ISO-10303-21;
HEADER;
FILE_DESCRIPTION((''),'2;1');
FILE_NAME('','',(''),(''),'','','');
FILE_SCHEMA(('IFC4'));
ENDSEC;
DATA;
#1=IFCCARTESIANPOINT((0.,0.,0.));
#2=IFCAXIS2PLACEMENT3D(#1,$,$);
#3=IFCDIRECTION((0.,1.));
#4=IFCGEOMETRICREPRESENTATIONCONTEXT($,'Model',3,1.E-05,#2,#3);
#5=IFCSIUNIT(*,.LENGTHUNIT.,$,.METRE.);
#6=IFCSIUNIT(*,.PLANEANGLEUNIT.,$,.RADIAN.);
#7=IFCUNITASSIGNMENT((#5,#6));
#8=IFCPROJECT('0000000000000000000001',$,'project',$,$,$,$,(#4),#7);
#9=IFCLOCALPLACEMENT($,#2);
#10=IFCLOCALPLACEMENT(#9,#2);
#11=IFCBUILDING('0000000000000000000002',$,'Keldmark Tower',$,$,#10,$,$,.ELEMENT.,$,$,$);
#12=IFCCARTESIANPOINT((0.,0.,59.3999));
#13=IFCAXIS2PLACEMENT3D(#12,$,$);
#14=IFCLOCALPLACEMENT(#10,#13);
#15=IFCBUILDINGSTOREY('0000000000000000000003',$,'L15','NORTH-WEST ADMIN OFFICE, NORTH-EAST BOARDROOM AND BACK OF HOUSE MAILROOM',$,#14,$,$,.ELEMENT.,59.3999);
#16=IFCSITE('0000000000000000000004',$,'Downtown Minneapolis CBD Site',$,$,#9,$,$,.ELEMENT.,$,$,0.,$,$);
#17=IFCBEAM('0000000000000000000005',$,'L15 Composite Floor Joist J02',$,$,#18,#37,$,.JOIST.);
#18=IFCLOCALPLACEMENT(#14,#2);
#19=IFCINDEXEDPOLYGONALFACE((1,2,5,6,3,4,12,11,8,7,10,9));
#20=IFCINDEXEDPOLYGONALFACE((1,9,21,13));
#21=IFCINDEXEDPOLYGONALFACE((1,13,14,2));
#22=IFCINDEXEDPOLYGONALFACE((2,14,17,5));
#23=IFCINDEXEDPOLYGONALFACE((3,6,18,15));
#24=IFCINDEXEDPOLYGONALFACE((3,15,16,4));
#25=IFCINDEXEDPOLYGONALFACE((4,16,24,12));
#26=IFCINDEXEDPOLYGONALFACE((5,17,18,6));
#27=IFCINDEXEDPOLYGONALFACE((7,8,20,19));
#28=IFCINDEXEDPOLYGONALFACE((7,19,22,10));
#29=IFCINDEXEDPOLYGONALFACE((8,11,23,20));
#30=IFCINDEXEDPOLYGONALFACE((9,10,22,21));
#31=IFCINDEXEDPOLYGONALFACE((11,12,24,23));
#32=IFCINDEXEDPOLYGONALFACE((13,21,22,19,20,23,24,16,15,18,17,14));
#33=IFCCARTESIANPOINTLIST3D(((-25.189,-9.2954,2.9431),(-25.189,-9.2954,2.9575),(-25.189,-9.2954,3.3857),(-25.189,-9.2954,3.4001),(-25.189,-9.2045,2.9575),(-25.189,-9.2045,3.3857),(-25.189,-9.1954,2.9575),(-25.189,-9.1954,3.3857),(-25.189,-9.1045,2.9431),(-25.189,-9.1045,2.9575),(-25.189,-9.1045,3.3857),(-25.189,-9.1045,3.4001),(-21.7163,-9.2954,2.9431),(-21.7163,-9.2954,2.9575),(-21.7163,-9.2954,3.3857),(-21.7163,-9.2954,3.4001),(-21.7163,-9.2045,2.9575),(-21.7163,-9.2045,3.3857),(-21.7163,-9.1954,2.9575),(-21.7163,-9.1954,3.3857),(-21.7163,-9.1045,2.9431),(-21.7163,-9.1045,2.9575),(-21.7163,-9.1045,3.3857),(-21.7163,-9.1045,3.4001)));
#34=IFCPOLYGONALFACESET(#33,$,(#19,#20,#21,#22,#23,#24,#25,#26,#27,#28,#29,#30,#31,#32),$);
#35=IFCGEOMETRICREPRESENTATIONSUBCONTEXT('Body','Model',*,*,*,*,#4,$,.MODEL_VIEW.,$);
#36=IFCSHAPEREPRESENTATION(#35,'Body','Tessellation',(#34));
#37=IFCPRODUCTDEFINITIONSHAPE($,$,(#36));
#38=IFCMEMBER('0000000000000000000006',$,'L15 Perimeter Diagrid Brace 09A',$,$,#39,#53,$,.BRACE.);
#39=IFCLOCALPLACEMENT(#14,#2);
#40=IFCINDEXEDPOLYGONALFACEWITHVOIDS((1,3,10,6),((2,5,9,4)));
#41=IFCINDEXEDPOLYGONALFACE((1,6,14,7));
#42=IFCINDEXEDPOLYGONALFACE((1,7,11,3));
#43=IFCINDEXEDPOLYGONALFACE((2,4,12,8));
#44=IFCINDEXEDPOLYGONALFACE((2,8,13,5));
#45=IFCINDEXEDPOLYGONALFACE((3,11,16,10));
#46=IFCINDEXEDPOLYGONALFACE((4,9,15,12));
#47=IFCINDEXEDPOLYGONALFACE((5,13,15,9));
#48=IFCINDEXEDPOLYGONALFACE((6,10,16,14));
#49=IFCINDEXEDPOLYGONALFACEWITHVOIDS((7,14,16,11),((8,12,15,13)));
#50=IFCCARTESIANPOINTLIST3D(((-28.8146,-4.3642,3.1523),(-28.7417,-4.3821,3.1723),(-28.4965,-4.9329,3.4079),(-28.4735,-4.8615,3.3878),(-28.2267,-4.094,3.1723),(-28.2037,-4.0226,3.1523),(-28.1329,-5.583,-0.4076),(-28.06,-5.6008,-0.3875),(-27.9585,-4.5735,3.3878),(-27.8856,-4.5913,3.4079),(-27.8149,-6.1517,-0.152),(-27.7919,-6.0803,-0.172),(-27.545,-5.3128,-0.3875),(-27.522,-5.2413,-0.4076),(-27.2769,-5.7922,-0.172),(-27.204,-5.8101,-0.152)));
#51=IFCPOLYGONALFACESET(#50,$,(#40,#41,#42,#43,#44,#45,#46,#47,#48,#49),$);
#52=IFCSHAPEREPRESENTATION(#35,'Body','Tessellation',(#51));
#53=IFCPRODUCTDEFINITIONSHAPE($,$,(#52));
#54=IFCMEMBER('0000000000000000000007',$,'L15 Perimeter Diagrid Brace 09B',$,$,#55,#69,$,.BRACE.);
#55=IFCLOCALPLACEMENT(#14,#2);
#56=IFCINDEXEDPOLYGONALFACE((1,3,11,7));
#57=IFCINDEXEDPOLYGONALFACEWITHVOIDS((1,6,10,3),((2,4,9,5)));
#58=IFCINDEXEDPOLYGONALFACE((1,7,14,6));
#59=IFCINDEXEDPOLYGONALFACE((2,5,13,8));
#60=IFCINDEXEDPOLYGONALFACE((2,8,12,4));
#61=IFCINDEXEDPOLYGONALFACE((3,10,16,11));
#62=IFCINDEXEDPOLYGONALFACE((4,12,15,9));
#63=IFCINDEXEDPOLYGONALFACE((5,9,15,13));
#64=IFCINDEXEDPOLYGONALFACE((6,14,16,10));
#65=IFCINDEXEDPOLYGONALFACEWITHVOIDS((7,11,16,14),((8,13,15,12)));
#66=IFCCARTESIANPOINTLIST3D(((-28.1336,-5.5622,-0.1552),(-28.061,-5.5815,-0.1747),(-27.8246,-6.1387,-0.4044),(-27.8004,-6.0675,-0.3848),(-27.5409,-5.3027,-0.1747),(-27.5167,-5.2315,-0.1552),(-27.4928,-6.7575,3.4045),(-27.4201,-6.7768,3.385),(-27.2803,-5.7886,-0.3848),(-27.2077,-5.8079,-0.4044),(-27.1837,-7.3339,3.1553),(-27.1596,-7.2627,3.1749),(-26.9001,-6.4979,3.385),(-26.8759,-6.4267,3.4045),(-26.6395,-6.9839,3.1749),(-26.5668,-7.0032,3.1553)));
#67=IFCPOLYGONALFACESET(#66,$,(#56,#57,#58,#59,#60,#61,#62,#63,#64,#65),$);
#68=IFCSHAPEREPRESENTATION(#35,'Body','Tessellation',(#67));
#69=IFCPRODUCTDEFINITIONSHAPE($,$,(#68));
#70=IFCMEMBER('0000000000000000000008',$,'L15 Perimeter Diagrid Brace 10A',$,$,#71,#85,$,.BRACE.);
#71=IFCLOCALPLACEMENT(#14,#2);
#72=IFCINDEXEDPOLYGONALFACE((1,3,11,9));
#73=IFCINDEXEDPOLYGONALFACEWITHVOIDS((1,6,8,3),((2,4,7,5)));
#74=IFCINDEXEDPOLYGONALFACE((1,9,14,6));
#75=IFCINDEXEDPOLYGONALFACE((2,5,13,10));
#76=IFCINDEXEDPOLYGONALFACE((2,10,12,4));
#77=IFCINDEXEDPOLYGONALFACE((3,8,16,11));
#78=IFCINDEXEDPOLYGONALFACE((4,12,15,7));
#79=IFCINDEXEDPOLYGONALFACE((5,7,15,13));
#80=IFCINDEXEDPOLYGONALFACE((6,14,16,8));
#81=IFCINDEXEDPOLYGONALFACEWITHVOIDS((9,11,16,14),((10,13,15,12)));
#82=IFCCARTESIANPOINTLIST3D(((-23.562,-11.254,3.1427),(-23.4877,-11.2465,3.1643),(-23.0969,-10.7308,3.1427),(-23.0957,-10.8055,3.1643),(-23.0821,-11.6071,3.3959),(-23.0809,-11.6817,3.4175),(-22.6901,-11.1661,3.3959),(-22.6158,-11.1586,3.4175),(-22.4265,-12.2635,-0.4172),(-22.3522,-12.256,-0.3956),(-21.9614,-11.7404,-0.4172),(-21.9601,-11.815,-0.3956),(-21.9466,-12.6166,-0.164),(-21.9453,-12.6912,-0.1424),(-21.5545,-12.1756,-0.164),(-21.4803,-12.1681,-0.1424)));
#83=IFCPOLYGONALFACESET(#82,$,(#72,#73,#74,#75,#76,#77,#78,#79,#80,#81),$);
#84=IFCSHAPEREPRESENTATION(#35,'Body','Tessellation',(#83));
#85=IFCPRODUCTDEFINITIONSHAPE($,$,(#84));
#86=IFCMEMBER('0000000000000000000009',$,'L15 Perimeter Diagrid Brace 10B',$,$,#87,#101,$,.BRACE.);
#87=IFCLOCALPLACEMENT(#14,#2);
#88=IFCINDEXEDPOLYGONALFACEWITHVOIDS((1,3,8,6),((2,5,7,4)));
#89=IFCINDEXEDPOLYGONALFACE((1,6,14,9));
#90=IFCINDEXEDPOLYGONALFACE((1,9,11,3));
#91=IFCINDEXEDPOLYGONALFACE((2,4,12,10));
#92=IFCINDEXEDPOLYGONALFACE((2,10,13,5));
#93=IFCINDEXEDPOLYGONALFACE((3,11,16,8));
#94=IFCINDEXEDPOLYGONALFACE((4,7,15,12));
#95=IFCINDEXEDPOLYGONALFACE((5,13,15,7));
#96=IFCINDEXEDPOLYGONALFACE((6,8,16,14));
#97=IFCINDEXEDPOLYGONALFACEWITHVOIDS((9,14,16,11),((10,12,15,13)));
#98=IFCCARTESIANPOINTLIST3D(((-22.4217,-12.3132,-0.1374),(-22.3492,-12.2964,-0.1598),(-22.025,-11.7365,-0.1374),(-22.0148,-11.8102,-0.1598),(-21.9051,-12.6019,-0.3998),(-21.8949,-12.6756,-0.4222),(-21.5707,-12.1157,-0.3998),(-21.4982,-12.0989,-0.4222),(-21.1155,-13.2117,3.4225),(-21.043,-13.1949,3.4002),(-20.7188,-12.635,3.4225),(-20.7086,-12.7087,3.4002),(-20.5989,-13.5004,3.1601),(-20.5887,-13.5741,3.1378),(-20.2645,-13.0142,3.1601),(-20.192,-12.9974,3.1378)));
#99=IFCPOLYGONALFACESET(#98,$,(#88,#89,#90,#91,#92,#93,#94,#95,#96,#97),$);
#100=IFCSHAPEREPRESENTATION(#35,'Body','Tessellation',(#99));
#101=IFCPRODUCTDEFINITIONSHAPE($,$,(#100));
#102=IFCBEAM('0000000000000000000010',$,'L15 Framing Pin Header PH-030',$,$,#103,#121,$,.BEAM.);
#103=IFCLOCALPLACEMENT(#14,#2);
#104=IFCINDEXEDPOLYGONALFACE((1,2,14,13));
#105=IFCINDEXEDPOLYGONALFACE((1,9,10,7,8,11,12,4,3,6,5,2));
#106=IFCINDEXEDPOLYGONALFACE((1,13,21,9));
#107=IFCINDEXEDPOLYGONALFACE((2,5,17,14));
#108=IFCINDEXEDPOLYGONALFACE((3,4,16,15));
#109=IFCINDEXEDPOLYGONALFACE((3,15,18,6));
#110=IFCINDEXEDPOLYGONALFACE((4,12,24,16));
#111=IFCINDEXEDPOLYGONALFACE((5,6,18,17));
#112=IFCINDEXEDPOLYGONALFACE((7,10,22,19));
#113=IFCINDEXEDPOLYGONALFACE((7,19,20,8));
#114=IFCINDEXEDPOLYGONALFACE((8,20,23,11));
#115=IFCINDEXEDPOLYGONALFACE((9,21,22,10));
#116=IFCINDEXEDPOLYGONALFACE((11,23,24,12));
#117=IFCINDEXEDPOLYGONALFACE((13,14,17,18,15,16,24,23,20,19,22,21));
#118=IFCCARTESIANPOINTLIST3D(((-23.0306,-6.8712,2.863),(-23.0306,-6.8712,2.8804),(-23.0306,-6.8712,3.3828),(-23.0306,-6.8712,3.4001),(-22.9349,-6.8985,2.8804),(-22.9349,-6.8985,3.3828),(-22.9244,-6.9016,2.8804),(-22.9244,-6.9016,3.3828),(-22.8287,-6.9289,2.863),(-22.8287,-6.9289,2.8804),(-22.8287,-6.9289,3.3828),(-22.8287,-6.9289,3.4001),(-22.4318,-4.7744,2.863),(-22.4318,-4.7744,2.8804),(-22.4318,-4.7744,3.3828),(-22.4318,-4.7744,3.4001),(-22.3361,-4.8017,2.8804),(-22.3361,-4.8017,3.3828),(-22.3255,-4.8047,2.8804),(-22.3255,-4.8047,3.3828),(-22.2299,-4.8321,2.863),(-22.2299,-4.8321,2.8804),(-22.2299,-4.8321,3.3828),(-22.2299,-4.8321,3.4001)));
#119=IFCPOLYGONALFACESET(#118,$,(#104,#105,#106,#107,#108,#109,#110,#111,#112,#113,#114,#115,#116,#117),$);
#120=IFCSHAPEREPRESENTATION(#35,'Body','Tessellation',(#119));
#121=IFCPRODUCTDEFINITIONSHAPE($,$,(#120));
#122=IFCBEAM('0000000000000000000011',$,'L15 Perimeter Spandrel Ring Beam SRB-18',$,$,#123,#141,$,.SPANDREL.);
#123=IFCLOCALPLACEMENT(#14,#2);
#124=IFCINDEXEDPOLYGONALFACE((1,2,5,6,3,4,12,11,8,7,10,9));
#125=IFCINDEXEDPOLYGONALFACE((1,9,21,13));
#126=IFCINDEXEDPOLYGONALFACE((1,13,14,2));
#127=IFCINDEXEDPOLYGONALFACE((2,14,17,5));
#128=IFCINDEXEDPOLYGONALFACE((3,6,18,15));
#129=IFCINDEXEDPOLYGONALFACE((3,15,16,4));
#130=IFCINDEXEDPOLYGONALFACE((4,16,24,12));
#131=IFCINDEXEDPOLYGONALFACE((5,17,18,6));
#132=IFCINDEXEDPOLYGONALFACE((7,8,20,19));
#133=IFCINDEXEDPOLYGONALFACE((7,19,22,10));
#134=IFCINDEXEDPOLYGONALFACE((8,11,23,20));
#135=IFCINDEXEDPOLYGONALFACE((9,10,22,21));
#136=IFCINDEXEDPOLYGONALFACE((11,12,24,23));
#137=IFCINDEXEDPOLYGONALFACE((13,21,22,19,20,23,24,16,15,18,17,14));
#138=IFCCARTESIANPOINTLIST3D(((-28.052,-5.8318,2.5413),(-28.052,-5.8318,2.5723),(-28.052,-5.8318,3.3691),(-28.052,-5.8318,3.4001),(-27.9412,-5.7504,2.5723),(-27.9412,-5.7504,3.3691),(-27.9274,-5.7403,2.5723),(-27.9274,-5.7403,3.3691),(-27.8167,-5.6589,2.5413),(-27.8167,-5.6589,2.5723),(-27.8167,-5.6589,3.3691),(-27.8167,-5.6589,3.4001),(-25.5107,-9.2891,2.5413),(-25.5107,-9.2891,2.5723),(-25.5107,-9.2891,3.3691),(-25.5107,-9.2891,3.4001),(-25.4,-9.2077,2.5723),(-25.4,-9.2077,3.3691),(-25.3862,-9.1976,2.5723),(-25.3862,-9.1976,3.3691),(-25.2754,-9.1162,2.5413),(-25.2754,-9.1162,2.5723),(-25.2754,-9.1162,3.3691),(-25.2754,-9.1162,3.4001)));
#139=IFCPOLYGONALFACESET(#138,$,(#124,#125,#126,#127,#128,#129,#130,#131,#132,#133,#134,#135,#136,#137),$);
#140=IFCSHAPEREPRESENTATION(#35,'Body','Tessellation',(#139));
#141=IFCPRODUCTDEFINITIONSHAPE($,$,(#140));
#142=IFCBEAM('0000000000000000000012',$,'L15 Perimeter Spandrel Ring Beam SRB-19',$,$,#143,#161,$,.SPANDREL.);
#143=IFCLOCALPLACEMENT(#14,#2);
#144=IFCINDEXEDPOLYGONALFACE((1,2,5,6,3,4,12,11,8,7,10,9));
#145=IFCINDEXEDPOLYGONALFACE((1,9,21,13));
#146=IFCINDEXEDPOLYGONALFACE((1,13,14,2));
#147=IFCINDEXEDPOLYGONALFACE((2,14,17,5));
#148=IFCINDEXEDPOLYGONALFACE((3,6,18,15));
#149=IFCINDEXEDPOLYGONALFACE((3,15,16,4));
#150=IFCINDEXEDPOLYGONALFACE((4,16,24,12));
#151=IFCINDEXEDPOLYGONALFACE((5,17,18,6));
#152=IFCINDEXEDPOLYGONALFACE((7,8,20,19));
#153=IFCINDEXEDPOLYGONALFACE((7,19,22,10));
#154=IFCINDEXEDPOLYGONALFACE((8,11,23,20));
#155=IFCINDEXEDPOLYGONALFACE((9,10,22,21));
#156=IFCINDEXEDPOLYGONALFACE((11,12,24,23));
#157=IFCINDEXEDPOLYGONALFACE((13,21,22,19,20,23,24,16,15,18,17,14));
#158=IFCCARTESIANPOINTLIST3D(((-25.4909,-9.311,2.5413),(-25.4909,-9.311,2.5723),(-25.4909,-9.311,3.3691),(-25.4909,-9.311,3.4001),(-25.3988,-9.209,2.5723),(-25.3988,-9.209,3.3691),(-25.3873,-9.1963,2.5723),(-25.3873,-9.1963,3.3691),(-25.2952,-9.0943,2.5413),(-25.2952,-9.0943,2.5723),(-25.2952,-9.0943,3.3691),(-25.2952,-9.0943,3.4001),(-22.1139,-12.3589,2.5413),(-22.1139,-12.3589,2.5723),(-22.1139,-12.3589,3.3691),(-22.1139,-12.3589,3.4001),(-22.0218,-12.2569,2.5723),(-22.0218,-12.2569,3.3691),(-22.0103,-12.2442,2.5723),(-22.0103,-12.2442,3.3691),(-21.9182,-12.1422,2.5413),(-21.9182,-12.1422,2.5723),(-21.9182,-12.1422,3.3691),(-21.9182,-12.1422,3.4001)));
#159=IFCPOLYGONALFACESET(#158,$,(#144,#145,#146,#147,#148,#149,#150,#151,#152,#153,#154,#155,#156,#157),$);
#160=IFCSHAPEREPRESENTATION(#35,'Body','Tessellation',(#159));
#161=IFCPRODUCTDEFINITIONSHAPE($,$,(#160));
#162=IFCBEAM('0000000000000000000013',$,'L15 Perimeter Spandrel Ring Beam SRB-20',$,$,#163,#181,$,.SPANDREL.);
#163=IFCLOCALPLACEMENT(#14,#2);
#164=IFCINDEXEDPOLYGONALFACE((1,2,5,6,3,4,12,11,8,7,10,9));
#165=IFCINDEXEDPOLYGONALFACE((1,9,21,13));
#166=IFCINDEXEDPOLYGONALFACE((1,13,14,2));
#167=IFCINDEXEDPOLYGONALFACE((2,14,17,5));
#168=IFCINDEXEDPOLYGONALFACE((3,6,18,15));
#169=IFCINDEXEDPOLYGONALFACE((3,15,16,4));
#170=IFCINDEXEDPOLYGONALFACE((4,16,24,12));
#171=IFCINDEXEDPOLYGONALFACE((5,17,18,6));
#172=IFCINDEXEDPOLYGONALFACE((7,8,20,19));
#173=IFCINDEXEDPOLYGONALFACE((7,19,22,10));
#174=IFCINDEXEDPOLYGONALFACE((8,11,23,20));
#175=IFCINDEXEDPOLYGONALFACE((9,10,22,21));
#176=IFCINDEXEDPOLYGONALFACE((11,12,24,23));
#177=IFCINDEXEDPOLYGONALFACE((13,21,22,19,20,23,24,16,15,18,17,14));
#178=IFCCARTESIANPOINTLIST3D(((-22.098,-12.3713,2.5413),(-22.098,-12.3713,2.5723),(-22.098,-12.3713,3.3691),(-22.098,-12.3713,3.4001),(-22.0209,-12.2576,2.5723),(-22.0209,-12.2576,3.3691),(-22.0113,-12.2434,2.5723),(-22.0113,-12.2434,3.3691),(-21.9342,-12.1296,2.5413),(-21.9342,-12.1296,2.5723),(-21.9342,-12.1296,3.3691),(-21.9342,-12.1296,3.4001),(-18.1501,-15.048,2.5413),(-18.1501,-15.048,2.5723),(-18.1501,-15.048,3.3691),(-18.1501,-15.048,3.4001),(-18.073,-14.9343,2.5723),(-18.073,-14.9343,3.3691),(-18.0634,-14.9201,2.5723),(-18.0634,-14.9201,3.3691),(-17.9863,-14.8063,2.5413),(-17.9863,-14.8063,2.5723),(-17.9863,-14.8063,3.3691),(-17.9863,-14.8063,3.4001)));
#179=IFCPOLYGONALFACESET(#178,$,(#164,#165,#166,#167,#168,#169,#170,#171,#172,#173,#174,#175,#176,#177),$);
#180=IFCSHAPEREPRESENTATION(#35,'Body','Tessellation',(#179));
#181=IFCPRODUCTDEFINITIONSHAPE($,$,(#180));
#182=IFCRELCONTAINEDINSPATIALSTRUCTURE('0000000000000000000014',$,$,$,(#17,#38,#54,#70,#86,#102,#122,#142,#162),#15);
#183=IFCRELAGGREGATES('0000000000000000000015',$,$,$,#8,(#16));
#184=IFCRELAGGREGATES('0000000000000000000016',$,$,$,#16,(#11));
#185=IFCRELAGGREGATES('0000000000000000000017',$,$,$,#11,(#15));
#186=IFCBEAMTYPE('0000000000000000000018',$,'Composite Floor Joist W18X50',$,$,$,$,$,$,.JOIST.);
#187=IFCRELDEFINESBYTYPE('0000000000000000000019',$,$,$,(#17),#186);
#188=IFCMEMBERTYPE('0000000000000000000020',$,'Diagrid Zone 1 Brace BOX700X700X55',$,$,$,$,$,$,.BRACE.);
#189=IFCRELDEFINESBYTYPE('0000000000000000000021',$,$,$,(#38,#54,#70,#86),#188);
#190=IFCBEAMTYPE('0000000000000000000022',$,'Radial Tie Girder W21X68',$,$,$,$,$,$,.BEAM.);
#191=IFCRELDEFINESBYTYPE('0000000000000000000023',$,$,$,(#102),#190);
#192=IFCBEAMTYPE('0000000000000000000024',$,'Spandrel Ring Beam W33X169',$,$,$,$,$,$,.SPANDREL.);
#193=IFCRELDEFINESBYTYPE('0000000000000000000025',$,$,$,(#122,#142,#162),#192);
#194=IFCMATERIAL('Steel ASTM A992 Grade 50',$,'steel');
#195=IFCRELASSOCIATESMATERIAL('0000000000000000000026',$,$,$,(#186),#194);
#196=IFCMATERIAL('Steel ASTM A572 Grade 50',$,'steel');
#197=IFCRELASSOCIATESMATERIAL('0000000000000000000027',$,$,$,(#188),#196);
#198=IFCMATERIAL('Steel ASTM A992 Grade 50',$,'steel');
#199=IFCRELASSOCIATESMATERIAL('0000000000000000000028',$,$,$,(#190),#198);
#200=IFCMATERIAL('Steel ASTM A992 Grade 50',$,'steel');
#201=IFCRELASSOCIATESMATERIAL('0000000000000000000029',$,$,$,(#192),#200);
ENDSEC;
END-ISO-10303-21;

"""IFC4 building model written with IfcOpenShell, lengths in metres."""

from ifc_helpers import new_model, si_unit, direction, frame, origin, origin_2d, place, context, subcontext, project, spatial, hollow_rectangle, i_section, extrude, material, material_profile, profile_set, type_object, element, save


model = new_model("IFC4")

# Units and contexts
model_context = context("Model", 3, precision=1e-05, world=origin(), true_north=direction((0.0, 1.0)))
body_context = subcontext(model_context, "Body", "Model", "MODEL_VIEW")
ifc_project = project(units=[si_unit("LENGTHUNIT", "METRE"), si_unit("PLANEANGLEUNIT", "RADIAN")], contexts=[model_context])

# Site, building, storey
site_placement = place(None, origin())
site = spatial("IfcSite", under=ifc_project, at=site_placement, Name="Downtown Minneapolis CBD Site", CompositionType="ELEMENT", RefElevation=0.0)
building_placement = place(site_placement, origin())
building = spatial("IfcBuilding", under=site, at=building_placement, Name="Keldmark Tower", CompositionType="ELEMENT")
storey_placement = place(building_placement, frame((0.0, 0.0, 59.3999)))
storey = spatial("IfcBuildingStorey", under=building, at=storey_placement, Name="L15", Description="NORTH-WEST ADMIN OFFICE, NORTH-EAST BOARDROOM AND BACK OF HOUSE MAILROOM", CompositionType="ELEMENT", Elevation=59.3999)

# Beam
ifc_material_1 = material(Name="Steel ASTM A992 Grade 50", Category="steel")
ifc_material_profile_1 = material_profile(ifc_material_1, i_section(OverallWidth=0.1909, OverallDepth=0.457, WebThickness=0.009, FlangeThickness=0.0144, at=origin_2d()), Name="W18X50")
ifc_profile_set_1 = profile_set([ifc_material_profile_1], Name="Steel ASTM A992 Grade 50")
beam_type_1 = type_object("IfcBeamType", Name="Composite Floor Joist W18X50", PredefinedType="JOIST", material=ifc_profile_set_1)
beam_1_placement = place(storey_placement, frame((-25.189, -9.2, 3.1716), z_axis=(1.0, 0.0, 0.0), x_axis=(0.0, 1.0, 0.0)))
element("IfcBeam", 1, at=beam_1_placement, inside=storey, type_object=beam_type_1, Name="L15 Composite Floor Joist J02", PredefinedType="JOIST", context=body_context, shape_type="SweptSolid", body=[
    extrude(i_section(OverallWidth=0.1909, OverallDepth=0.457, WebThickness=0.009, FlangeThickness=0.0144, at=origin_2d()), origin(), (0.0, 0.0, 1.0), 3.4727),
])

# Members
ifc_material_2 = material(Name="Steel ASTM A572 Grade 50", Category="steel")
ifc_material_profile_2 = material_profile(ifc_material_2, hollow_rectangle(XDim=0.7, YDim=0.7, WallThickness=0.0549, at=origin_2d()), Name="BOX700X700X55")
ifc_profile_set_2 = profile_set([ifc_material_profile_2], Name="Steel ASTM A572 Grade 50")
member_type = type_object("IfcMemberType", Name="Diagrid Zone 1 Brace BOX700X700X55", PredefinedType="BRACE", material=ifc_profile_set_2)
member_1_placement = place(storey_placement, frame((-27.6685, -5.6965, -0.2798), z_axis=(-0.178258, 0.318719, 0.930936), x_axis=(-0.872768, -0.488135, 0.0)))
element("IfcMember", 2, at=member_1_placement, inside=storey, type_object=member_type, Name="L15 Perimeter Diagrid Brace 09A", PredefinedType="BRACE", context=body_context, shape_type="SweptSolid", body=[
    extrude(hollow_rectangle(XDim=0.7, YDim=0.7, WallThickness=0.0549, at=origin_2d()), origin(), (0.0, 0.0, 1.0), 3.824),
])
member_2_placement = place(storey_placement, frame((-27.6707, -5.6851, -0.2798), z_axis=(0.168232, -0.313777, 0.934474), x_axis=(0.881319, 0.472521, 0.0)))
element("IfcMember", 3, at=member_2_placement, inside=storey, type_object=member_type, Name="L15 Perimeter Diagrid Brace 09B", PredefinedType="BRACE", context=body_context, shape_type="SweptSolid", body=[
    extrude(hollow_rectangle(XDim=0.7, YDim=0.7, WallThickness=0.0549, at=origin_2d()), origin(), (0.0, 0.0, 1.0), 3.8093),
])
member_3_placement = place(storey_placement, frame((-21.9534, -12.2158, -0.2798), z_axis=(-0.293372, 0.260825, 0.91973), x_axis=(-0.664434, -0.747347, 0.0)))
element("IfcMember", 4, at=member_3_placement, inside=storey, type_object=member_type, Name="L15 Perimeter Diagrid Brace 10A", PredefinedType="BRACE", context=body_context, shape_type="SweptSolid", body=[
    extrude(hollow_rectangle(XDim=0.7, YDim=0.7, WallThickness=0.0549, at=origin_2d()), origin(), (0.0, 0.0, 1.0), 3.8706),
])
member_4_placement = place(storey_placement, frame((-21.96, -12.2061, -0.2798), z_axis=(0.335181, -0.230554, 0.913509), x_axis=(0.566725, 0.823907, 0.0)))
element("IfcMember", 5, at=member_4_placement, inside=storey, type_object=member_type, Name="L15 Perimeter Diagrid Brace 10B", PredefinedType="BRACE", context=body_context, shape_type="SweptSolid", body=[
    extrude(hollow_rectangle(XDim=0.7, YDim=0.7, WallThickness=0.0549, at=origin_2d()), origin(), (0.0, 0.0, 1.0), 3.897),
])

# Beams
ifc_material_3 = material(Name="Steel ASTM A992 Grade 50", Category="steel")
ifc_material_profile_3 = material_profile(ifc_material_3, i_section(OverallWidth=0.21, OverallDepth=0.5371, WebThickness=0.011, FlangeThickness=0.0173, at=origin_2d()), Name="W21X68")
ifc_profile_set_3 = profile_set([ifc_material_profile_3], Name="Steel ASTM A992 Grade 50")
beam_type_2 = type_object("IfcBeamType", Name="Radial Tie Girder W21X68", PredefinedType="BEAM", material=ifc_profile_set_3)
beam_2_placement = place(storey_placement, frame((-22.3308, -4.8032, 3.1316), z_axis=(-0.274618, -0.961554, 0.0), x_axis=(0.961554, -0.274618, 0.0)))
element("IfcBeam", 6, at=beam_2_placement, inside=storey, type_object=beam_type_2, Name="L15 Framing Pin Header PH-030", PredefinedType="BEAM", context=body_context, shape_type="SweptSolid", body=[
    extrude(i_section(OverallWidth=0.21, OverallDepth=0.5371, WebThickness=0.011, FlangeThickness=0.0173, at=origin_2d()), origin(), (0.0, 0.0, 1.0), 2.1807),
])
ifc_material_4 = material(Name="Steel ASTM A992 Grade 50", Category="steel")
ifc_material_profile_4 = material_profile(ifc_material_4, i_section(OverallWidth=0.292, OverallDepth=0.8589, WebThickness=0.0171, FlangeThickness=0.031, at=origin_2d()), Name="W33X169")
ifc_profile_set_4 = profile_set([ifc_material_profile_4], Name="Steel ASTM A992 Grade 50")
beam_type_3 = type_object("IfcBeamType", Name="Spandrel Ring Beam W33X169", PredefinedType="SPANDREL", material=ifc_profile_set_4)
beam_3_placement = place(storey_placement, frame((-27.9343, -5.7454, 2.9707), z_axis=(0.592261, -0.805746, 0.0), x_axis=(0.805746, 0.592261, 0.0)))
element("IfcBeam", 7, at=beam_3_placement, inside=storey, type_object=beam_type_3, Name="L15 Perimeter Spandrel Ring Beam SRB-18", PredefinedType="SPANDREL", context=body_context, shape_type="SweptSolid", body=[
    extrude(i_section(OverallWidth=0.292, OverallDepth=0.8589, WebThickness=0.0171, FlangeThickness=0.031, at=origin_2d()), origin(), (0.0, 0.0, 1.0), 4.2908),
])
beam_4_placement = place(storey_placement, frame((-25.3931, -9.2026, 2.9707), z_axis=(0.742354, -0.670008, 0.0), x_axis=(0.670008, 0.742354, 0.0)))
element("IfcBeam", 8, at=beam_4_placement, inside=storey, type_object=beam_type_3, Name="L15 Perimeter Spandrel Ring Beam SRB-19", PredefinedType="SPANDREL", context=body_context, shape_type="SweptSolid", body=[
    extrude(i_section(OverallWidth=0.292, OverallDepth=0.8589, WebThickness=0.0171, FlangeThickness=0.031, at=origin_2d()), origin(), (0.0, 0.0, 1.0), 4.5491),
])
beam_5_placement = place(storey_placement, frame((-22.0161, -12.2505, 2.9707), z_axis=(0.827694, -0.56118, 0.0), x_axis=(0.56118, 0.827694, 0.0)))
element("IfcBeam", 9, at=beam_5_placement, inside=storey, type_object=beam_type_3, Name="L15 Perimeter Spandrel Ring Beam SRB-20", PredefinedType="SPANDREL", context=body_context, shape_type="SweptSolid", body=[
    extrude(i_section(OverallWidth=0.292, OverallDepth=0.8589, WebThickness=0.0171, FlangeThickness=0.031, at=origin_2d()), origin(), (0.0, 0.0, 1.0), 4.7698),
])

save(model, "model.ifc")
